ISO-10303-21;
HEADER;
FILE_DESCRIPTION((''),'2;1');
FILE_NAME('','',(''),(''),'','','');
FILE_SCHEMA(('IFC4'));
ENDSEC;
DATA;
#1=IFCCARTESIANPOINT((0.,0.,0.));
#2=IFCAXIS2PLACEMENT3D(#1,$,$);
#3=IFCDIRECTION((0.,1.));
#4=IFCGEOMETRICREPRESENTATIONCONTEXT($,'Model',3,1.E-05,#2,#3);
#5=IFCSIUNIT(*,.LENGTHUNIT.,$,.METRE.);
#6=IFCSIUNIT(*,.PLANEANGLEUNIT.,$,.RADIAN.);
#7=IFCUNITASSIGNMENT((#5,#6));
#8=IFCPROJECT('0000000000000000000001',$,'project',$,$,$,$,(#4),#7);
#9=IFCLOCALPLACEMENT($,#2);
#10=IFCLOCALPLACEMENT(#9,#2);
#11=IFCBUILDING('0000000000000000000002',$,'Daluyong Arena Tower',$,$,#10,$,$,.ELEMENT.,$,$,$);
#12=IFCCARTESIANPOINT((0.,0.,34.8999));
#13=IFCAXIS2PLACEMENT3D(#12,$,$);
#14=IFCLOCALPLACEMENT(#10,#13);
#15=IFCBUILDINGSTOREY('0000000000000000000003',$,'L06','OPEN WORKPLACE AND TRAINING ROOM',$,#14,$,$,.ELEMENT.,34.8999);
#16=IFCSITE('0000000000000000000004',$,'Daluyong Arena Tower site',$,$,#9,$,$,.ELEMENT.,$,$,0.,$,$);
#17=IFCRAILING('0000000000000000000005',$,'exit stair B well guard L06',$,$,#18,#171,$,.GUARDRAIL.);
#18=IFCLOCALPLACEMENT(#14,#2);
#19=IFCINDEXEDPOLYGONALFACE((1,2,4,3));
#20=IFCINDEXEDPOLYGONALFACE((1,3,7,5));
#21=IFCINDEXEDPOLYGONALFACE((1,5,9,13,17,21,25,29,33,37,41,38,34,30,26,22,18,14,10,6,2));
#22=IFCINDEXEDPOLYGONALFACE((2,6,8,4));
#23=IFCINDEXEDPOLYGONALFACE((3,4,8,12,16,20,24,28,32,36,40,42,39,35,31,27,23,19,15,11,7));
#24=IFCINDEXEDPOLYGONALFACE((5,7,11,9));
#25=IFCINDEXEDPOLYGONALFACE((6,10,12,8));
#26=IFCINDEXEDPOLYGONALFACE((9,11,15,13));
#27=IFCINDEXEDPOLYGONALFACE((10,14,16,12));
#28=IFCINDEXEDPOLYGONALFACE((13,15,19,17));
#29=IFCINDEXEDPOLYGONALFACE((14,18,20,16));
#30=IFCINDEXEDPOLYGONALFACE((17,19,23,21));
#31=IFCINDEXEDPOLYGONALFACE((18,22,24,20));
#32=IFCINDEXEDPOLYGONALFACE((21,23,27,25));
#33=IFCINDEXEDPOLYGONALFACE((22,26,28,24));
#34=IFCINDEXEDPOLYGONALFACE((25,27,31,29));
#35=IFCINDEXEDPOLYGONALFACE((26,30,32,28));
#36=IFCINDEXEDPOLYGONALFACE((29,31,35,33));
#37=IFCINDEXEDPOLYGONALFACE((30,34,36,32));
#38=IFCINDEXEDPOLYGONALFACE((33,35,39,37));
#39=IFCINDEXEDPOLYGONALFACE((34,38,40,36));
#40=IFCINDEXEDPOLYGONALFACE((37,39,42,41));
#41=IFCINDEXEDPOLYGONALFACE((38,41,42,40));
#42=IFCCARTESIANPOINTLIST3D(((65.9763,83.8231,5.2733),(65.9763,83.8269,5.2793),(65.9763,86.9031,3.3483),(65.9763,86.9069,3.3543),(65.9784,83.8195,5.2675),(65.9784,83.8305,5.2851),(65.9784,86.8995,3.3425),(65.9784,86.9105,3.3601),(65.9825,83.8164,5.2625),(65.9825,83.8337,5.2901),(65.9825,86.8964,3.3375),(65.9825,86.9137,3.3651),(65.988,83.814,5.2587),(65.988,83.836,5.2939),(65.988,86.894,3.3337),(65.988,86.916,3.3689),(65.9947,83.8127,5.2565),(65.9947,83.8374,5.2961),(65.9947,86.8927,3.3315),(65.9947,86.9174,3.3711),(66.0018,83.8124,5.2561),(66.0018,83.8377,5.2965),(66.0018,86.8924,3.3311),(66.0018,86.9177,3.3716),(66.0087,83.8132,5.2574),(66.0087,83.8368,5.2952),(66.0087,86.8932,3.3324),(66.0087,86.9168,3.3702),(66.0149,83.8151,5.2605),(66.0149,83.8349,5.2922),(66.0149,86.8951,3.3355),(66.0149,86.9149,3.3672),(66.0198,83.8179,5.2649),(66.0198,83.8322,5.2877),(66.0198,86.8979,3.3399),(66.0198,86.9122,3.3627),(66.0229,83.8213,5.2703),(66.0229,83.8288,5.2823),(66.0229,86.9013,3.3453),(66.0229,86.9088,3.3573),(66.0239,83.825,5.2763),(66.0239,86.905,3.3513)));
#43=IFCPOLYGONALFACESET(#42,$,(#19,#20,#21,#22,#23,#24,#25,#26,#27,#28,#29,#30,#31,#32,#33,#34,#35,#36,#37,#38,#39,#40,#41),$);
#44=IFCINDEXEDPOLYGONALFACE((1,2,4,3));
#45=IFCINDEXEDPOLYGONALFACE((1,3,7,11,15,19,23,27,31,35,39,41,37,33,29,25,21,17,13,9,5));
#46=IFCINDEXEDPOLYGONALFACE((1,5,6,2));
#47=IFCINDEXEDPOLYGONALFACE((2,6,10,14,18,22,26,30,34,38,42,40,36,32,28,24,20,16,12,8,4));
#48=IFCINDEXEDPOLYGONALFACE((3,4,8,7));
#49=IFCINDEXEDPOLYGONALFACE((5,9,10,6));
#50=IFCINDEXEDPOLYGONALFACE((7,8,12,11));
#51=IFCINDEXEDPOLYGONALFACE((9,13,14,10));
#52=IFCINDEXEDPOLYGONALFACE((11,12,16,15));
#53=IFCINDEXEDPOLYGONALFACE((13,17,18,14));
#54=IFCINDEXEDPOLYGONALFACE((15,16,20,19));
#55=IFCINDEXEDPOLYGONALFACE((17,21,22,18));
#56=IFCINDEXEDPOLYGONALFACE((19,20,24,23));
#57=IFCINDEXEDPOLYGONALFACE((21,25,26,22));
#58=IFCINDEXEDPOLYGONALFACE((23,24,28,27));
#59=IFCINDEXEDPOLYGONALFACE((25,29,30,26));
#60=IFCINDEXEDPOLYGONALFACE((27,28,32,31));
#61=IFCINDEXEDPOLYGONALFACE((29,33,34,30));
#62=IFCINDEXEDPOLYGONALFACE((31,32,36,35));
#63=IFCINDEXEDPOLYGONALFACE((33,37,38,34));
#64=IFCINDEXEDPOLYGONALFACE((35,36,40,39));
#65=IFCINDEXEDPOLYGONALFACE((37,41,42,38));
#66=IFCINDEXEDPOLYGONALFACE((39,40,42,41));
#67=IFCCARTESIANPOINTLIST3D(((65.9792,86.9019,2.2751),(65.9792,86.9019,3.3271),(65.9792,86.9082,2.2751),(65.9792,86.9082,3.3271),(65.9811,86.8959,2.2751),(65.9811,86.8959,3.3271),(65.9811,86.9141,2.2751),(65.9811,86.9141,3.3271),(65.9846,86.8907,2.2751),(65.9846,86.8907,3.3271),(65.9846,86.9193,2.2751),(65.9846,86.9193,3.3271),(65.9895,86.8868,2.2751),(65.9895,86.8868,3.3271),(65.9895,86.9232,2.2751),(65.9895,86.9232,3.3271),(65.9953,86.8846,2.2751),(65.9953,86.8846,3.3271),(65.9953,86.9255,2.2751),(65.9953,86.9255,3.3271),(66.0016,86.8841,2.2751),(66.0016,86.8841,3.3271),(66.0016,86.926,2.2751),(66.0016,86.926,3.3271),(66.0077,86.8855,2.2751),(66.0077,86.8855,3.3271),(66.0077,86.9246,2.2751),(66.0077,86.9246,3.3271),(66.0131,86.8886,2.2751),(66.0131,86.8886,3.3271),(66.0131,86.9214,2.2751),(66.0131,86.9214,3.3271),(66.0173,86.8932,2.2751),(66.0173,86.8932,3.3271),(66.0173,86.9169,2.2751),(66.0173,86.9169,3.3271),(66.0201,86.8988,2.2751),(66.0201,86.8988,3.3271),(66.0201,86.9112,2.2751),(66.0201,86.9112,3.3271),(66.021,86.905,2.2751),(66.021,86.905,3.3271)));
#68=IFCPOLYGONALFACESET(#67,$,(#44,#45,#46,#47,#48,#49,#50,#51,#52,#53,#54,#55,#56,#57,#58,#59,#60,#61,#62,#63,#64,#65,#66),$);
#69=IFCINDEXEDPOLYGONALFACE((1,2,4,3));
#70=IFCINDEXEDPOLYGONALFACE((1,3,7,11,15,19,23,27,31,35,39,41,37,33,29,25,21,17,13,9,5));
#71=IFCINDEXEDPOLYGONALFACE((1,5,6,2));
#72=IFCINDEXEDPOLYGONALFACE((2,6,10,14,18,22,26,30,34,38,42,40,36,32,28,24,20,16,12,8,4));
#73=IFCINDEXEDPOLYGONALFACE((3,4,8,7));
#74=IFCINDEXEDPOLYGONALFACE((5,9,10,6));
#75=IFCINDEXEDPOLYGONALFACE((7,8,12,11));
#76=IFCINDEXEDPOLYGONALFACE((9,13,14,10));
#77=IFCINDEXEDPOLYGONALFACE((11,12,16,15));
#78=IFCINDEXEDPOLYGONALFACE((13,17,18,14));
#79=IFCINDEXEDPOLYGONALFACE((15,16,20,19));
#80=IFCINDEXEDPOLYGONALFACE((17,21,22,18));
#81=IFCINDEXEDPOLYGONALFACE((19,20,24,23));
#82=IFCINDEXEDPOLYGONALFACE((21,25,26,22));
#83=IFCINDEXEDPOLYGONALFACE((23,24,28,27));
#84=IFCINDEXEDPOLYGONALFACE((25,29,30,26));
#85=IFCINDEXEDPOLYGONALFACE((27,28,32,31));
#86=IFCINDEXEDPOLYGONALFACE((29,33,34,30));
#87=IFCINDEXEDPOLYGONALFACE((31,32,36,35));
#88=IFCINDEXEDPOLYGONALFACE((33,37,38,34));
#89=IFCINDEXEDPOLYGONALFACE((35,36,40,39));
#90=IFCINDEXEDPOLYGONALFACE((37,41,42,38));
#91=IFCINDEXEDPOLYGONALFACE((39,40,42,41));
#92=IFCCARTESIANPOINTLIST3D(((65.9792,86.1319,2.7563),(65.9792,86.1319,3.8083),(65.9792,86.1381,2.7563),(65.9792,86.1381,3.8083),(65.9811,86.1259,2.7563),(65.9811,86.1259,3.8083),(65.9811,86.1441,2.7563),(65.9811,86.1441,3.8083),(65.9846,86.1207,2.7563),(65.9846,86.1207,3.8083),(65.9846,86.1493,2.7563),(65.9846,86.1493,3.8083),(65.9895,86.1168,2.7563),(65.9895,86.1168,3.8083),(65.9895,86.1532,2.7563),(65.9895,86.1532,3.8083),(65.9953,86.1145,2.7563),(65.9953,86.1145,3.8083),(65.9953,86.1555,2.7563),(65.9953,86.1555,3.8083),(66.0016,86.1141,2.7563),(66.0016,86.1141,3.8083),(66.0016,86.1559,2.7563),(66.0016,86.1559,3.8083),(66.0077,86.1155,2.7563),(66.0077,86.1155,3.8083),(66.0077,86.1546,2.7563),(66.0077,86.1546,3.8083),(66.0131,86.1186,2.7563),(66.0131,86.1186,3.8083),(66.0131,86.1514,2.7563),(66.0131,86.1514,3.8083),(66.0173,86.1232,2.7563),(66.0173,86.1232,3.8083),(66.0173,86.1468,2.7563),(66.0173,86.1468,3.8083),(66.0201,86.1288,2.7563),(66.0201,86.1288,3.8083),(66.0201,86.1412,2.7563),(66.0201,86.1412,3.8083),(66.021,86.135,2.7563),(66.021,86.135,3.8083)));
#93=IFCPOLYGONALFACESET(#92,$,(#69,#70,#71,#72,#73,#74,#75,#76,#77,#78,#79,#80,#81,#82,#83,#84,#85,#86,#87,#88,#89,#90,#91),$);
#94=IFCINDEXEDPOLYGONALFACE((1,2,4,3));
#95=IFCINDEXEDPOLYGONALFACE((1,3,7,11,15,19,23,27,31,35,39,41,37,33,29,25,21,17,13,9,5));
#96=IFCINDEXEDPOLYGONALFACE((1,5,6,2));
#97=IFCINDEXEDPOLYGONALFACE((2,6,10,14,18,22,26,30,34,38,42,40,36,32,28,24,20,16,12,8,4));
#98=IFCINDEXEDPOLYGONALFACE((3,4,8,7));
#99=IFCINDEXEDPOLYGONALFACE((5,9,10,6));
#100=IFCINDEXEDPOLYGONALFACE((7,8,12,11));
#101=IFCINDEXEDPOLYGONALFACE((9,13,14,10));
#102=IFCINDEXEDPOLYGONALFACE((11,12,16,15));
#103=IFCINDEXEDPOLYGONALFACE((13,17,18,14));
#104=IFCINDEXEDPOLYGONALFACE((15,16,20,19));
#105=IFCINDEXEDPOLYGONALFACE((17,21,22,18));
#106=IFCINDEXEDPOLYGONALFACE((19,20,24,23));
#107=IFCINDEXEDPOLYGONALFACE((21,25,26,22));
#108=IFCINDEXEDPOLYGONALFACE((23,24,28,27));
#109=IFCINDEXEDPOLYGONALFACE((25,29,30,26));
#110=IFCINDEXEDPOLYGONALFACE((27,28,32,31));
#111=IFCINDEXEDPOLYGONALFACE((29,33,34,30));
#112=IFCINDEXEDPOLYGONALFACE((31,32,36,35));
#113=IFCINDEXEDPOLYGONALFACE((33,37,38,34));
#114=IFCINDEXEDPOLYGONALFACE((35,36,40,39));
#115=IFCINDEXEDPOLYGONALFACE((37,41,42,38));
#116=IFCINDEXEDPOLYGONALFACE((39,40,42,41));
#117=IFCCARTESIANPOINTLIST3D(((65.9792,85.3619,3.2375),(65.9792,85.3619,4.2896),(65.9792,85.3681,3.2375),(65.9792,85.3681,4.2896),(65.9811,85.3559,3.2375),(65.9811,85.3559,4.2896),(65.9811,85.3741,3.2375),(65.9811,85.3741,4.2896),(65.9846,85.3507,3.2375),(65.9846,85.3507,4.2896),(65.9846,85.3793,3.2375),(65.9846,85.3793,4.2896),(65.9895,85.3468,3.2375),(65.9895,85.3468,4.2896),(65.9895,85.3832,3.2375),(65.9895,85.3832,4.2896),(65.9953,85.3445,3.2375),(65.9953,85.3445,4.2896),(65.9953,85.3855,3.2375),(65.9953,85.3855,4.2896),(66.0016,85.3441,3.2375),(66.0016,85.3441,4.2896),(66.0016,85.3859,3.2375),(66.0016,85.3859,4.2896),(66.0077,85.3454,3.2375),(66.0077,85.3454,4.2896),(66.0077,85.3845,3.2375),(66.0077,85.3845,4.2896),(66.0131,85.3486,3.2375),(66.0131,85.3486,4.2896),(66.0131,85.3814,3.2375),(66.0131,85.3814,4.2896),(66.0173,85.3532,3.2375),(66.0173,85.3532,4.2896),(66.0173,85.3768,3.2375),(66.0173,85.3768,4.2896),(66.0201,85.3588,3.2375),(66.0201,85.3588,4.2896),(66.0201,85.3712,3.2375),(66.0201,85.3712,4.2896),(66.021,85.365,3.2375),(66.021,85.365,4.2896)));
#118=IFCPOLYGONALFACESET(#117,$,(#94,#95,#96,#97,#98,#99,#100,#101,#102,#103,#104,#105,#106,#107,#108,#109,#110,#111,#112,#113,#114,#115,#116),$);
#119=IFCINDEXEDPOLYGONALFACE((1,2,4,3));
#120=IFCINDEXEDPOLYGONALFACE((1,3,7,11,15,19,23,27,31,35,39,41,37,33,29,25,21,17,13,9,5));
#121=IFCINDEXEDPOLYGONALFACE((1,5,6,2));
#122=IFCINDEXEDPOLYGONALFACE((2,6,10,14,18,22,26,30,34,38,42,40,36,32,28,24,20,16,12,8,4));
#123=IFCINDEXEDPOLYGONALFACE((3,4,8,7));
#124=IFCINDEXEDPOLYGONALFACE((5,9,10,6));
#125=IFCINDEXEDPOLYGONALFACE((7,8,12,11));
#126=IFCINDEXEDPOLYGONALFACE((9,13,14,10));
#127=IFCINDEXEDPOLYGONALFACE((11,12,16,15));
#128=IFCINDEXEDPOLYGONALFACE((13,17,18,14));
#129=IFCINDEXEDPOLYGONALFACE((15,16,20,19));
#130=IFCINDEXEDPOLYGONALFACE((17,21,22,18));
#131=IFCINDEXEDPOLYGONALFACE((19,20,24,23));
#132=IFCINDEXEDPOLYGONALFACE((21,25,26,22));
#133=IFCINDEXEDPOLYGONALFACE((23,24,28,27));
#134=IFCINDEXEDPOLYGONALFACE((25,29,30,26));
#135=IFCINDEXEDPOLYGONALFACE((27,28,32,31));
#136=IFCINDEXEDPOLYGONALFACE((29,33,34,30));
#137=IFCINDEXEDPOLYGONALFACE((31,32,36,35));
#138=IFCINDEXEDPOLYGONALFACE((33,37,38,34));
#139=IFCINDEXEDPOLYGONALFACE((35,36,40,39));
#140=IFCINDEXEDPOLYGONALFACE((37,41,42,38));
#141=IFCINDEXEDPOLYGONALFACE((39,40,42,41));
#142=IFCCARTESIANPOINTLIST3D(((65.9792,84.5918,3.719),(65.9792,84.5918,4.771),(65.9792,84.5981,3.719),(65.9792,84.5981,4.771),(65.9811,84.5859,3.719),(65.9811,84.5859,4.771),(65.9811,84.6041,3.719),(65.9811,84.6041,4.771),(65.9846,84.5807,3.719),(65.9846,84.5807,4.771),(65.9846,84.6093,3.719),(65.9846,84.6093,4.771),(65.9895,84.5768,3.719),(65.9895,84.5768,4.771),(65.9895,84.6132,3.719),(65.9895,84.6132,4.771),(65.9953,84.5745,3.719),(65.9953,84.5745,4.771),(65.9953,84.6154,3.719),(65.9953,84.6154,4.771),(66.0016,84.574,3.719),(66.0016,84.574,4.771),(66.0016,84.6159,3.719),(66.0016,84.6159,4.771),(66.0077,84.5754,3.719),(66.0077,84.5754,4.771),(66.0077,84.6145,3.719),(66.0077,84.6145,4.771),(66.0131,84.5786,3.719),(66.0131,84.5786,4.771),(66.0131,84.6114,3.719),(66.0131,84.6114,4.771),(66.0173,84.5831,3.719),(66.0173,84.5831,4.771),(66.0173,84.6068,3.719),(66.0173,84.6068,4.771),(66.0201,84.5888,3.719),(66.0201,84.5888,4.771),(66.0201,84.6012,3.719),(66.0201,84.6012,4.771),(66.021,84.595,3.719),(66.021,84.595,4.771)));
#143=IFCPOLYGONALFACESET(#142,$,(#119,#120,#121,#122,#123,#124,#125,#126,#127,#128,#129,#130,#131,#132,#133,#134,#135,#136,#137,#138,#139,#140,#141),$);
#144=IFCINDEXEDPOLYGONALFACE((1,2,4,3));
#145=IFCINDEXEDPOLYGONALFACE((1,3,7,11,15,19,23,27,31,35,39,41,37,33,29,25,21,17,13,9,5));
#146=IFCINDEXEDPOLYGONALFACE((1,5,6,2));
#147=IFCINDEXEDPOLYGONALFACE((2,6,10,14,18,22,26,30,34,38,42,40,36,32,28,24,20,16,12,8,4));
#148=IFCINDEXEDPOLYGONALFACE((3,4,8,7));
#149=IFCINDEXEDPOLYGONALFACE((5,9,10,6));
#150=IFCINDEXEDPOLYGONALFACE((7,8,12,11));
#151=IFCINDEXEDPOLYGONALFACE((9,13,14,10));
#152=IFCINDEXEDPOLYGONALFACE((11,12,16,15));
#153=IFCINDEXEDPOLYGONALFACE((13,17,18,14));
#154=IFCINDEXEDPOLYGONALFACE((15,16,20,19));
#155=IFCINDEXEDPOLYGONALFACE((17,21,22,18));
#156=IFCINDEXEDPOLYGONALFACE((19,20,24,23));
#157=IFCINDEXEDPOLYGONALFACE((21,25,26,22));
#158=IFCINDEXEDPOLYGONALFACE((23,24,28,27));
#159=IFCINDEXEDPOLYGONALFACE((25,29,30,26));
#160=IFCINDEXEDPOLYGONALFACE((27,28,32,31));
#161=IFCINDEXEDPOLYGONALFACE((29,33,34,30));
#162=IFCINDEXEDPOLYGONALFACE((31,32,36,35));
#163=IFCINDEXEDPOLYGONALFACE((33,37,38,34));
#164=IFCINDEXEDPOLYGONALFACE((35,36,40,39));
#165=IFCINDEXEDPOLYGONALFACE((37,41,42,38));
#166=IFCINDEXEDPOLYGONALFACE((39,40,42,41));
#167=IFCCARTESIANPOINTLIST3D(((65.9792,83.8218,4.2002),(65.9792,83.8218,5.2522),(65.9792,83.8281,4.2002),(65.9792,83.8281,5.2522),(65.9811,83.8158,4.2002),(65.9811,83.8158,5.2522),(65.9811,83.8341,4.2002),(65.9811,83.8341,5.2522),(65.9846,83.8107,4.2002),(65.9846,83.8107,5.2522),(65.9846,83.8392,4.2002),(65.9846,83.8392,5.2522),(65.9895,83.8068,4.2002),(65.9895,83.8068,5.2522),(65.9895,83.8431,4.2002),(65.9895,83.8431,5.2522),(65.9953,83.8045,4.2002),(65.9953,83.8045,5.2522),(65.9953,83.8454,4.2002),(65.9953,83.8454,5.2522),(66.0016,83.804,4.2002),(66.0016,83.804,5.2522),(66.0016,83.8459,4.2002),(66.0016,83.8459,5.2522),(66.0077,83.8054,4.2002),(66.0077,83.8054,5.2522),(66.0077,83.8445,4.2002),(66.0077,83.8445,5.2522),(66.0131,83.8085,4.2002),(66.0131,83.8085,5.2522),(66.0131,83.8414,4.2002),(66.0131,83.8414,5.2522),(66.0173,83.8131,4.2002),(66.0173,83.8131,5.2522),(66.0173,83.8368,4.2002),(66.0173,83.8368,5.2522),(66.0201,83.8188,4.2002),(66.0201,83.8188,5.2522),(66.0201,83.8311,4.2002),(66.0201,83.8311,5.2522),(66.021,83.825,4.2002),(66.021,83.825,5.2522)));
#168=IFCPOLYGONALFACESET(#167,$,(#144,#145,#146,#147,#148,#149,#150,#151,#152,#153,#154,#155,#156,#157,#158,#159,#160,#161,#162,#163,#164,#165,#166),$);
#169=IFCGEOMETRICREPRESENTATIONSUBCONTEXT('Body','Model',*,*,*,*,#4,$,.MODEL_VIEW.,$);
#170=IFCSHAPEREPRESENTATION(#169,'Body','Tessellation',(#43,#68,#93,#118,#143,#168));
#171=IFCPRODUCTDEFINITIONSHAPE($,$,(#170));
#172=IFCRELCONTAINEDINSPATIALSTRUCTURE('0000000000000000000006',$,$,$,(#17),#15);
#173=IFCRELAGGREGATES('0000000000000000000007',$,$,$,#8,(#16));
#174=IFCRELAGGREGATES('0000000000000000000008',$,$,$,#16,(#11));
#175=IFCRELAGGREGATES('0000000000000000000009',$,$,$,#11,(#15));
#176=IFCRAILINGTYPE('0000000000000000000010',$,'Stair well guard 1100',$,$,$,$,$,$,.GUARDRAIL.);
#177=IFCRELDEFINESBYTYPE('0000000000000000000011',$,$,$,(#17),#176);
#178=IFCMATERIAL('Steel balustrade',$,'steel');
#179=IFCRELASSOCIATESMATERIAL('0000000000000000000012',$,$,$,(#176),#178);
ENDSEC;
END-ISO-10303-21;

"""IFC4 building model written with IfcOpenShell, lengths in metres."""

from ifc_helpers import new_model, si_unit, direction, frame, origin, origin_2d, place, context, subcontext, project, spatial, circle, extrude, material, type_object, element, save


model = new_model("IFC4")

# Units and contexts
model_context = context("Model", 3, precision=1e-05, world=origin(), true_north=direction((0.0, 1.0)))
body_context = subcontext(model_context, "Body", "Model", "MODEL_VIEW")
ifc_project = project(units=[si_unit("LENGTHUNIT", "METRE"), si_unit("PLANEANGLEUNIT", "RADIAN")], contexts=[model_context])

# Site, building, storey
site_placement = place(None, origin())
site = spatial("IfcSite", under=ifc_project, at=site_placement, Name="Daluyong Arena Tower site", CompositionType="ELEMENT", RefElevation=0.0)
building_placement = place(site_placement, origin())
building = spatial("IfcBuilding", under=site, at=building_placement, Name="Daluyong Arena Tower", CompositionType="ELEMENT")
storey_placement = place(building_placement, frame((0.0, 0.0, 34.8999)))
storey = spatial("IfcBuildingStorey", under=building, at=storey_placement, Name="L06", Description="OPEN WORKPLACE AND TRAINING ROOM", CompositionType="ELEMENT", Elevation=34.8999)

# Railing
ifc_material_1 = material(Name="Steel balustrade", Category="steel")
railing_type_1 = type_object("IfcRailingType", Name="Stair well guard 1100", PredefinedType="GUARDRAIL", material=ifc_material_1)
railing_1_placement = place(storey_placement, frame((66.0, 86.905, 2.2751)))
element("IfcRailing", 1, at=railing_1_placement, inside=storey, type_object=railing_type_1, Name="exit stair B well guard L06", PredefinedType="GUARDRAIL", context=body_context, shape_type="SweptSolid", body=[
    extrude(circle(Radius=0.0239, at=origin_2d()), frame((0.0, 0.0, 1.0762), z_axis=(0.0, -0.847998, 0.529999), x_axis=(1.0, 0.0, 0.0)), (0.0, 0.0, 1.0), 3.6321),
    extrude(circle(Radius=0.021, at=origin_2d()), origin(), (0.0, 0.0, 1.0), 1.052),
    extrude(circle(Radius=0.021, at=origin_2d()), frame((0.0, -0.77, 0.4812)), (0.0, 0.0, 1.0), 1.052),
    extrude(circle(Radius=0.021, at=origin_2d()), frame((0.0, -1.54, 0.9624)), (0.0, 0.0, 1.0), 1.052),
    extrude(circle(Radius=0.021, at=origin_2d()), frame((0.0, -2.3101, 1.4438)), (0.0, 0.0, 1.0), 1.052),
    extrude(circle(Radius=0.021, at=origin_2d()), frame((0.0, -3.0801, 1.925)), (0.0, 0.0, 1.0), 1.052),
])

save(model, "model.ifc")
